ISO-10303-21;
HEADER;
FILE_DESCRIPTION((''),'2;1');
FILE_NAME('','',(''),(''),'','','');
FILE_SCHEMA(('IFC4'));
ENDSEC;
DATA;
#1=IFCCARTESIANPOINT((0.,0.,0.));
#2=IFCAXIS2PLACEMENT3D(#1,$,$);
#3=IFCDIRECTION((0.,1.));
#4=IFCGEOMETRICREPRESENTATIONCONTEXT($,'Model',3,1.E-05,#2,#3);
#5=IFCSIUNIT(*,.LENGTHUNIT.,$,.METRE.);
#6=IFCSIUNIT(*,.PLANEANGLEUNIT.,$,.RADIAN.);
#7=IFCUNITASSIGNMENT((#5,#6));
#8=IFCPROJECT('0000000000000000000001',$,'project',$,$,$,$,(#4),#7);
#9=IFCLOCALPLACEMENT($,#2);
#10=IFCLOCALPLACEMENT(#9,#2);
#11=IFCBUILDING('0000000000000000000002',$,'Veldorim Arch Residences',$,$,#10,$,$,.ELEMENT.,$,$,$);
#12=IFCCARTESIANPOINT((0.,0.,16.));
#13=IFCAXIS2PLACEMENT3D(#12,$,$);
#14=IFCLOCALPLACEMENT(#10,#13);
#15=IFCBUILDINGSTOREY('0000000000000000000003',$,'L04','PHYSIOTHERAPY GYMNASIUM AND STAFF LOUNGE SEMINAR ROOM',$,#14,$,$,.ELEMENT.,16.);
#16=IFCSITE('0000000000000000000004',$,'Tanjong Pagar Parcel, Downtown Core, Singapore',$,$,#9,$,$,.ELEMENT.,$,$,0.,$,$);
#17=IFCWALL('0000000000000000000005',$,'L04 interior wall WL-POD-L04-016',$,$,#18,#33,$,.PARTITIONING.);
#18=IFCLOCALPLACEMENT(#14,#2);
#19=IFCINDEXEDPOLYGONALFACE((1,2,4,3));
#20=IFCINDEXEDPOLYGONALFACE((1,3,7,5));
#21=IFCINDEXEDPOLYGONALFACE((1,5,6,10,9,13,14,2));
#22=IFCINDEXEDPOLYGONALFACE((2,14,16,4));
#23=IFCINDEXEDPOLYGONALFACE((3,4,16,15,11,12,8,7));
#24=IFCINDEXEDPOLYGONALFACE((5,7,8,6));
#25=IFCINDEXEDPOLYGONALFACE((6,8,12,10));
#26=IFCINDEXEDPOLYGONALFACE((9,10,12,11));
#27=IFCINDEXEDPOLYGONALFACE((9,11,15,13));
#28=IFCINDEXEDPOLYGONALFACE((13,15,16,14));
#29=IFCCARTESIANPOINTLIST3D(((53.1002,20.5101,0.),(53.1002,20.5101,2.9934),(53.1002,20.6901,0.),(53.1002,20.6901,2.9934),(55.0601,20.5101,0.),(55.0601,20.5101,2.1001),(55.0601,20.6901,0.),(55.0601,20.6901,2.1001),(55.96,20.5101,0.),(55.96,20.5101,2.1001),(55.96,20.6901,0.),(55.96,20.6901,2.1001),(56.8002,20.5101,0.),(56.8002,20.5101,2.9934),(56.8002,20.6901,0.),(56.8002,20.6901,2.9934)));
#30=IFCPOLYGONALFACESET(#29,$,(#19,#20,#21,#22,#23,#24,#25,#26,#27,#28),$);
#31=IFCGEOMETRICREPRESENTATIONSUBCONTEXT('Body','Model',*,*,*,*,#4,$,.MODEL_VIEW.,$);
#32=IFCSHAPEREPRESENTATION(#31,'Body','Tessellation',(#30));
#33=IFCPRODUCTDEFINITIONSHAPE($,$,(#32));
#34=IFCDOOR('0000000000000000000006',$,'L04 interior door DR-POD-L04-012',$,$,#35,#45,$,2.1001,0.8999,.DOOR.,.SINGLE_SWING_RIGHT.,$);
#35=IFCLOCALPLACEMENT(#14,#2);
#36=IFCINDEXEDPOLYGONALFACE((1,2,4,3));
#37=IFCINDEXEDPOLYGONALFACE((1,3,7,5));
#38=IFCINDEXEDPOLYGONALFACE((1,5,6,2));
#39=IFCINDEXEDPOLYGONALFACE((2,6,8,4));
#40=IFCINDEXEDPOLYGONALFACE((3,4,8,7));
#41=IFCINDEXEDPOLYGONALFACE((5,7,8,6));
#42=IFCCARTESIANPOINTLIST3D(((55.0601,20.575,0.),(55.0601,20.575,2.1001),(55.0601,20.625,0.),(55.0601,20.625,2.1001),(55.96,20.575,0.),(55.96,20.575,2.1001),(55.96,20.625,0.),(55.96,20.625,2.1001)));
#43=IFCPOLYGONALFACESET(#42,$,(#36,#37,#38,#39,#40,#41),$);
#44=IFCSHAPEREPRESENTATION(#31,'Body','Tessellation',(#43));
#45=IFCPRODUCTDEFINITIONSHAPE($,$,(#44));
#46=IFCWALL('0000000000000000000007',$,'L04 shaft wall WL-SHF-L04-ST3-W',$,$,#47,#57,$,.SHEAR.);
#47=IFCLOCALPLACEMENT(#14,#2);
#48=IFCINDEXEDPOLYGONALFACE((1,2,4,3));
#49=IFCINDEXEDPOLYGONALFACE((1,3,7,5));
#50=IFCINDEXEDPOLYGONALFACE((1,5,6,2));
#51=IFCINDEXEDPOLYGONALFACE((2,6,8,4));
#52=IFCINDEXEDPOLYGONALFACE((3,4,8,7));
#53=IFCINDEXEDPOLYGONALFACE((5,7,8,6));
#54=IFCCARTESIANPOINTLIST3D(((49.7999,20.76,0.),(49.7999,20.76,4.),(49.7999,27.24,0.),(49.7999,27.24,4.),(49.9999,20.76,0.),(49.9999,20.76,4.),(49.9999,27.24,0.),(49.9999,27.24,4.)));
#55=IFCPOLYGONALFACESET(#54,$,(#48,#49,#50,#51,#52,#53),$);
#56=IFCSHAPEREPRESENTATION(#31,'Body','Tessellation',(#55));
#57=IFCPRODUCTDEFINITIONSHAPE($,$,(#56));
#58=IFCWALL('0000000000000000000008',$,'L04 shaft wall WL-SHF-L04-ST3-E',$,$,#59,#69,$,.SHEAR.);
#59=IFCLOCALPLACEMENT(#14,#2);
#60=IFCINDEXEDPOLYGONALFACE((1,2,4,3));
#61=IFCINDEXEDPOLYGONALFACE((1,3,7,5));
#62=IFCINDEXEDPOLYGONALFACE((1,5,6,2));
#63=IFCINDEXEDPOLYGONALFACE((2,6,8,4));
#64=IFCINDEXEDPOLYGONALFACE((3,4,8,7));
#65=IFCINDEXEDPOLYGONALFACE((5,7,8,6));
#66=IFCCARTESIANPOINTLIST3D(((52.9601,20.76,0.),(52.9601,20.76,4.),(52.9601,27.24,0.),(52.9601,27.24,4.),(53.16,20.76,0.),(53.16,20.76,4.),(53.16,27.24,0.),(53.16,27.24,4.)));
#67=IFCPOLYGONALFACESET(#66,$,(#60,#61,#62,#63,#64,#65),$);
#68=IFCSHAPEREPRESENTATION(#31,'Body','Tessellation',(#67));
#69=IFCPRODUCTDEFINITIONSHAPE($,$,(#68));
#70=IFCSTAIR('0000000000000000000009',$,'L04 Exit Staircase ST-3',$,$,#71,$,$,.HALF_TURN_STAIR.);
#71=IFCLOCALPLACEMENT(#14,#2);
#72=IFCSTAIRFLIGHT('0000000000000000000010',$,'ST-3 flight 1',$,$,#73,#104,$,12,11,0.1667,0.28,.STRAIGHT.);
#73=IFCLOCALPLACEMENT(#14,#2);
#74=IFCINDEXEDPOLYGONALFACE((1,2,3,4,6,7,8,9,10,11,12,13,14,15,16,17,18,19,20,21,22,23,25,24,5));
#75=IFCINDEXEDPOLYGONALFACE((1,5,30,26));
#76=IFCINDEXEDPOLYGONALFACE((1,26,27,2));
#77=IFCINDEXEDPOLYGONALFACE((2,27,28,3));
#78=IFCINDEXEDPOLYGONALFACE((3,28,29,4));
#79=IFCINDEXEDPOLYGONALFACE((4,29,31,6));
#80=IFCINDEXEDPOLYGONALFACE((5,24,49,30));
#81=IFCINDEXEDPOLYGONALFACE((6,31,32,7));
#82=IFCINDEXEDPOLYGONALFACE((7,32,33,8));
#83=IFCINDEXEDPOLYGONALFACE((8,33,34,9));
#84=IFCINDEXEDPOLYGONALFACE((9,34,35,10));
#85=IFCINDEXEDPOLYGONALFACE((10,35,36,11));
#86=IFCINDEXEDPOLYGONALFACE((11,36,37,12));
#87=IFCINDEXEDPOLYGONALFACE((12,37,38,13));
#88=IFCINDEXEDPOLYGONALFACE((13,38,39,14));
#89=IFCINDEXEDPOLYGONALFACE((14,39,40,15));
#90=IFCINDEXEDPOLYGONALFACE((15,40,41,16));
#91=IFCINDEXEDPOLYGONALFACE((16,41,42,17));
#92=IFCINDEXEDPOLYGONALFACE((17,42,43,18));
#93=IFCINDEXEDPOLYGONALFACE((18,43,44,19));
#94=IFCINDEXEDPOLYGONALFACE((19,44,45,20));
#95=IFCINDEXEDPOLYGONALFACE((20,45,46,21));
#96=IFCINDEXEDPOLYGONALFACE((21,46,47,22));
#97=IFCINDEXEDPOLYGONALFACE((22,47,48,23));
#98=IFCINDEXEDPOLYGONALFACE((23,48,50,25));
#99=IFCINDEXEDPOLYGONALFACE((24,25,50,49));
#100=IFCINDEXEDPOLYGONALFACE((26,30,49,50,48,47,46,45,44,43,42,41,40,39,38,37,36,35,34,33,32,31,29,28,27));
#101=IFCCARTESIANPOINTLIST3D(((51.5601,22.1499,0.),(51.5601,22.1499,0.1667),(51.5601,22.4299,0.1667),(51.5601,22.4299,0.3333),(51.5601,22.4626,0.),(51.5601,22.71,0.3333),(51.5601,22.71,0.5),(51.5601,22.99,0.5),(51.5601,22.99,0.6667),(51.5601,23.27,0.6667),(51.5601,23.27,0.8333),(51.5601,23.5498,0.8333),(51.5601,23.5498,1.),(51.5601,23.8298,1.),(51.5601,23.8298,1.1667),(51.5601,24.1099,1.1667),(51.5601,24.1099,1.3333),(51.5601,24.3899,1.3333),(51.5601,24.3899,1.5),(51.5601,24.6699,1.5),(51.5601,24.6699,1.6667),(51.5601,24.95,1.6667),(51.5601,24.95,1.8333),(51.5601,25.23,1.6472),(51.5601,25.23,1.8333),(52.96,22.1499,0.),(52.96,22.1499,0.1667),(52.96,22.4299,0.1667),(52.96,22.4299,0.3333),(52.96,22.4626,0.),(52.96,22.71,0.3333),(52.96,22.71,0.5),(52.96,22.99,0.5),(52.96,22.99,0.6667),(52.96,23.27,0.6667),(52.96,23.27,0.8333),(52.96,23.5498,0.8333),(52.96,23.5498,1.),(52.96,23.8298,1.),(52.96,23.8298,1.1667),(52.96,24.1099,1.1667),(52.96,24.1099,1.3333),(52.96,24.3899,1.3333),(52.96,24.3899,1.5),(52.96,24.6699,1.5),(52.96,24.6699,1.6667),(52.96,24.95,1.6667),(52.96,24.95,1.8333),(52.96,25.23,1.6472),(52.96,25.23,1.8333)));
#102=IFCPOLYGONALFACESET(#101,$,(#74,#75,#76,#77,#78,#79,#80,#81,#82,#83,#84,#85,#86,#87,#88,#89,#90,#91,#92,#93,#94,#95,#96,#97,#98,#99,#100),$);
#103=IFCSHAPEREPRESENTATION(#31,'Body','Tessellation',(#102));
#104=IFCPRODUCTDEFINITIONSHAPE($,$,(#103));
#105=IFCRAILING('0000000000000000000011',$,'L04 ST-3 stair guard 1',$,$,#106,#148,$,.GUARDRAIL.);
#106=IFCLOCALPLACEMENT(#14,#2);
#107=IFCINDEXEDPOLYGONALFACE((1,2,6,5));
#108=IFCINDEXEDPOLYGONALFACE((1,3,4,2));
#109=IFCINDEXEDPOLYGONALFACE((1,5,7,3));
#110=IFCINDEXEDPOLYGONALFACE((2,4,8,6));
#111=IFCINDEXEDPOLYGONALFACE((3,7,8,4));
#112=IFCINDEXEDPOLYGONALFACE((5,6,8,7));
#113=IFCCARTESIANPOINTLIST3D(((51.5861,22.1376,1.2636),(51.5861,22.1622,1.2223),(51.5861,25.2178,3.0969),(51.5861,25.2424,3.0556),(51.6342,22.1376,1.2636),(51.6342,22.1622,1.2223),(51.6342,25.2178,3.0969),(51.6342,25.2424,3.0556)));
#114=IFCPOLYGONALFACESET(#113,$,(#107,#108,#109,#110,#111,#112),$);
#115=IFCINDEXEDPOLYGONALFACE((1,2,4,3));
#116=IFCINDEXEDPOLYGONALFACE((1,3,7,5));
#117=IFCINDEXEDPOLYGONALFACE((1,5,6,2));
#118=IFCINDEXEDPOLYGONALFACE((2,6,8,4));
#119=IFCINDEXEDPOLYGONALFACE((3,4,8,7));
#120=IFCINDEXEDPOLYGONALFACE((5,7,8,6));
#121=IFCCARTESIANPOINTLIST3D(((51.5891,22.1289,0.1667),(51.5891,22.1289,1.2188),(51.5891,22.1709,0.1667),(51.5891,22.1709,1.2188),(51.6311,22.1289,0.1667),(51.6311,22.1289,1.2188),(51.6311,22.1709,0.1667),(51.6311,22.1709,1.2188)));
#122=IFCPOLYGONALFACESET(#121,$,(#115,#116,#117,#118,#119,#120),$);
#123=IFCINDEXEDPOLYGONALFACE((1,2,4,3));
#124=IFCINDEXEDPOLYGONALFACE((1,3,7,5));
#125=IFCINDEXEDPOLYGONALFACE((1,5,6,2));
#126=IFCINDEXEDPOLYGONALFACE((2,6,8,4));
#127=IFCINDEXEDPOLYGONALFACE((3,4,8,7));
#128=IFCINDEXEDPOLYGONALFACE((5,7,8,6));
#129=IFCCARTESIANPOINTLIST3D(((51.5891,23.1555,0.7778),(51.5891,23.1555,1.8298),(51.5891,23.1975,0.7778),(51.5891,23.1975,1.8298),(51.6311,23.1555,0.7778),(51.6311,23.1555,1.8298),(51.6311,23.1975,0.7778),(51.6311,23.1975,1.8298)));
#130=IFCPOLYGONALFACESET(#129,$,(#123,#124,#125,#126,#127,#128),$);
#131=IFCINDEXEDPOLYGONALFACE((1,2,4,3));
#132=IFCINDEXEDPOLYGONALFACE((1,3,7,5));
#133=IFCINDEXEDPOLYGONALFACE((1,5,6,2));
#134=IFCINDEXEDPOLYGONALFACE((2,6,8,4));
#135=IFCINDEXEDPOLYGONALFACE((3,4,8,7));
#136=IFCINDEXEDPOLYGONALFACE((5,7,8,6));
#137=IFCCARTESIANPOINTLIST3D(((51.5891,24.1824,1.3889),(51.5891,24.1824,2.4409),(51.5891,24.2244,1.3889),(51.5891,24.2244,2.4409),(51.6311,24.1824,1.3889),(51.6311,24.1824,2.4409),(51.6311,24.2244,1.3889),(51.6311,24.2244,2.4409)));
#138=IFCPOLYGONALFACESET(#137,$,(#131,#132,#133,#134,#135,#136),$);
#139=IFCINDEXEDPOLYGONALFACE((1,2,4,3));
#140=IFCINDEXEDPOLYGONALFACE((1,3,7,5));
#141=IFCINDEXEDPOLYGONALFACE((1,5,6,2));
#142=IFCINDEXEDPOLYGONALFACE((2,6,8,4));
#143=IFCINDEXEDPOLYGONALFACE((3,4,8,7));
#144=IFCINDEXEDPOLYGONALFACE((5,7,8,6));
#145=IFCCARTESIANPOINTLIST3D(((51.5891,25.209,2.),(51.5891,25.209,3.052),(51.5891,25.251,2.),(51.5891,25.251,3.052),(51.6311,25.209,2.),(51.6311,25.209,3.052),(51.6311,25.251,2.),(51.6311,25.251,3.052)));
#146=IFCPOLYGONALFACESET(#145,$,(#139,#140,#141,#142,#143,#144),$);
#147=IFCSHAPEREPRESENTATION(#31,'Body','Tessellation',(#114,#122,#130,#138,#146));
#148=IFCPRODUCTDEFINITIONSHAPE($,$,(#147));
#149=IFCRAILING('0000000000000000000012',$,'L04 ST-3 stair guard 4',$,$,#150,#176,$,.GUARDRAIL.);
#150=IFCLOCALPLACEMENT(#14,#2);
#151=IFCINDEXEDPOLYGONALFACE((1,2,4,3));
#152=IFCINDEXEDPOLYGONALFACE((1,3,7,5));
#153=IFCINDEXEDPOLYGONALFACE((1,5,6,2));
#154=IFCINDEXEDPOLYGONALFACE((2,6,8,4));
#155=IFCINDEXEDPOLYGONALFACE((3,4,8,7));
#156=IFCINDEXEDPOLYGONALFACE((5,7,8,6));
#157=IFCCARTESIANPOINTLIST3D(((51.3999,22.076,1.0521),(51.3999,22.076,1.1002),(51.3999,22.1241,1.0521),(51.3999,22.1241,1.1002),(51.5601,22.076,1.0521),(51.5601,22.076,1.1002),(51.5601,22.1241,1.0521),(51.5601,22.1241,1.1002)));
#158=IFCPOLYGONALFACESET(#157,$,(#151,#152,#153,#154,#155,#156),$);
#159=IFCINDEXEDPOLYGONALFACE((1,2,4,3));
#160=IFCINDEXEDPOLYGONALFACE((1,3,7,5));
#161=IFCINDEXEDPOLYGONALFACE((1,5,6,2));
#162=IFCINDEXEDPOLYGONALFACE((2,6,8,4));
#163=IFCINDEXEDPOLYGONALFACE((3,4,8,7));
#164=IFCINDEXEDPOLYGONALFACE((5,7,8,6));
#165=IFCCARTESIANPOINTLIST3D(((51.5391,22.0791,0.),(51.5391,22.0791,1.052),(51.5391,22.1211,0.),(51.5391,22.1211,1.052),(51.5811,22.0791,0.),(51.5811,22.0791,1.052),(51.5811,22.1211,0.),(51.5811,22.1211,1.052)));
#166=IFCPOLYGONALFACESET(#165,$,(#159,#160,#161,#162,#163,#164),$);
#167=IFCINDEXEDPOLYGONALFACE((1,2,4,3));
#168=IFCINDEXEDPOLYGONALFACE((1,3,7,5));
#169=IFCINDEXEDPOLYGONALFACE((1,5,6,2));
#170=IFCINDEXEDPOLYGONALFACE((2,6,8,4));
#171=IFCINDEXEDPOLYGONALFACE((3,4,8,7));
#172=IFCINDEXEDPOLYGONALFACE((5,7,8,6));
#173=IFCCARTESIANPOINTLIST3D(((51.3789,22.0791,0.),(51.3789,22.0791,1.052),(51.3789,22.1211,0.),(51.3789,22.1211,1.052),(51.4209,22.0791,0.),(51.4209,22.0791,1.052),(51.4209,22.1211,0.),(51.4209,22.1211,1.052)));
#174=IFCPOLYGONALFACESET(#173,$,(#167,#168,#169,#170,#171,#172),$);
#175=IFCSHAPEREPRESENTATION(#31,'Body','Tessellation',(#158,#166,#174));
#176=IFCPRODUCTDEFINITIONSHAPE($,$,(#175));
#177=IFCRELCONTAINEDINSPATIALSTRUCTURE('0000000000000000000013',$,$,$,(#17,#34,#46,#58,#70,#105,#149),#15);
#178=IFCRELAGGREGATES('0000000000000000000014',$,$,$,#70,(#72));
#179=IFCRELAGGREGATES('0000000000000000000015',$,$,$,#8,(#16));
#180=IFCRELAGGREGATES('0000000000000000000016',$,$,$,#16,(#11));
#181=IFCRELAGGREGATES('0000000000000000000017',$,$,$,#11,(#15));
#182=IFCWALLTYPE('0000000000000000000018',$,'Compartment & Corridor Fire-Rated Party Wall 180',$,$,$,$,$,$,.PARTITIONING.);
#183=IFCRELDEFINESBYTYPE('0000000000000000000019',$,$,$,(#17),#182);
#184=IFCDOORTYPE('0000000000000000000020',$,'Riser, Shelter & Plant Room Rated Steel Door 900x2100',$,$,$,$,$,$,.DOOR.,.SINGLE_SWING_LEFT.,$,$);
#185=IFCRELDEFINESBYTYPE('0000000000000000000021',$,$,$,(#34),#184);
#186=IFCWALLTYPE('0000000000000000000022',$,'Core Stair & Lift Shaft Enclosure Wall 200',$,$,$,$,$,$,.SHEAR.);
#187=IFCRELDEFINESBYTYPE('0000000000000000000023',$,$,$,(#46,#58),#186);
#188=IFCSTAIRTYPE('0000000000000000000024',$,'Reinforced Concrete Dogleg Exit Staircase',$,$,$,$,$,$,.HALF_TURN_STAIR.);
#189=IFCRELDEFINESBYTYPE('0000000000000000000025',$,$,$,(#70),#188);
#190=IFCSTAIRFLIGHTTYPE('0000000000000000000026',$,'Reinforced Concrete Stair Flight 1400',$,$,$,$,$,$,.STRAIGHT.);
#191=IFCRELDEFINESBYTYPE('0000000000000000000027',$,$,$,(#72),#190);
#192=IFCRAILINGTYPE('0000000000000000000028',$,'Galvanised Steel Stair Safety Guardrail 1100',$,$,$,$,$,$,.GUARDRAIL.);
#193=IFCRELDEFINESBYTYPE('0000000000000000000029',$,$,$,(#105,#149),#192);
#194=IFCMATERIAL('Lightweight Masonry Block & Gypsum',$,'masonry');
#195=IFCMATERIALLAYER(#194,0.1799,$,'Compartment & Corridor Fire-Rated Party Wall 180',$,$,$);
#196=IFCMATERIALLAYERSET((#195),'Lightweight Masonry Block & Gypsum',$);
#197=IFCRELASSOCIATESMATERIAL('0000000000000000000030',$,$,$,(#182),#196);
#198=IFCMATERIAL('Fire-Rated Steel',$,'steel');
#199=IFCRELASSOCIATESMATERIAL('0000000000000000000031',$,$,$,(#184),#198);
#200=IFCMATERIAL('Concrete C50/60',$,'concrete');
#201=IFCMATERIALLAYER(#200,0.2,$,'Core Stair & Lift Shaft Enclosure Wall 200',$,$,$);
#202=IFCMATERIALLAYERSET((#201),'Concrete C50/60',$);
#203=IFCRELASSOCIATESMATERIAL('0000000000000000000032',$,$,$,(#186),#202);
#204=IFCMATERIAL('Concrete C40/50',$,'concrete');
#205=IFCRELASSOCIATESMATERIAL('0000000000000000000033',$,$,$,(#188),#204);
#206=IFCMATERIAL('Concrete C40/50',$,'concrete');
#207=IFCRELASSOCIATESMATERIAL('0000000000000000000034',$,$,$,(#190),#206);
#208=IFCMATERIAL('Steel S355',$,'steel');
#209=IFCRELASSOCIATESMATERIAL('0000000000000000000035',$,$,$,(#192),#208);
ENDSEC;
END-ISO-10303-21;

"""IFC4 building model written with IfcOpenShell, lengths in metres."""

from ifc_helpers import new_model, si_unit, direction, frame, frame_2d, origin, origin_2d, place, context, subcontext, project, spatial, polyline, rectangle, outline, extrude, material, layer, layer_set, type_object, element, fill, aggregate, save


model = new_model("IFC4")

# Units and contexts
model_context = context("Model", 3, precision=1e-05, world=origin(), true_north=direction((0.0, 1.0)))
body_context = subcontext(model_context, "Body", "Model", "MODEL_VIEW")
ifc_project = project(units=[si_unit("LENGTHUNIT", "METRE"), si_unit("PLANEANGLEUNIT", "RADIAN")], contexts=[model_context])

# Site, building, storey
site_placement = place(None, origin())
site = spatial("IfcSite", under=ifc_project, at=site_placement, Name="Tanjong Pagar Parcel, Downtown Core, Singapore", CompositionType="ELEMENT", RefElevation=0.0)
building_placement = place(site_placement, origin())
building = spatial("IfcBuilding", under=site, at=building_placement, Name="Veldorim Arch Residences", CompositionType="ELEMENT")
storey_placement = place(building_placement, frame((0.0, 0.0, 16.0)))
storey = spatial("IfcBuildingStorey", under=building, at=storey_placement, Name="L04", Description="PHYSIOTHERAPY GYMNASIUM AND STAFF LOUNGE SEMINAR ROOM", CompositionType="ELEMENT", Elevation=16.0)

# Wall, opening, door
ifc_material_1 = material(Name="Lightweight Masonry Block & Gypsum", Category="masonry")
ifc_layer_1 = layer(ifc_material_1, 0.1799, Name="Compartment & Corridor Fire-Rated Party Wall 180")
ifc_layer_set_1 = layer_set([ifc_layer_1], Name="Lightweight Masonry Block & Gypsum")
wall_type_1 = type_object("IfcWallType", Name="Compartment & Corridor Fire-Rated Party Wall 180", PredefinedType="PARTITIONING", material=ifc_layer_set_1)
wall_1_placement = place(storey_placement, frame((53.1001, 20.6001, 0.0), z_axis=(0.0, 0.0, 1.0), x_axis=(1.0, 0.0, 0.0)))
wall_1 = element("IfcWall", 1, at=wall_1_placement, inside=storey, type_object=wall_type_1, Name="L04 interior wall WL-POD-L04-016", PredefinedType="PARTITIONING", context=body_context, shape_type="SweptSolid", body=[
    extrude(rectangle(XDim=3.7, YDim=0.1799, at=frame_2d((1.8501, 0.0))), origin(), (0.0, 0.0, 1.0), 2.9934),
])
opening_1_placement = place(wall_1_placement, frame((1.96, 0.0, 0.0)))
opening_1 = element("IfcOpeningElement", 2, at=opening_1_placement, cuts=wall_1, PredefinedType="OPENING", context=body_context, shape_type="SweptSolid", body=[
    extrude(rectangle(XDim=0.8999, YDim=2.1001, at=frame_2d((0.45, 1.05))), frame((0.0, 0.0999, 0.0), z_axis=(0.0, -1.0, 0.0), x_axis=(1.0, 0.0, 0.0)), (0.0, 0.0, 1.0), 0.2),
])
ifc_material_2 = material(Name="Fire-Rated Steel", Category="steel")
door_type_1 = type_object("IfcDoorType", Name="Riser, Shelter & Plant Room Rated Steel Door 900x2100", OperationType="SINGLE_SWING_LEFT", PredefinedType="DOOR", material=ifc_material_2)
door_1_placement = place(opening_1_placement, origin())
door_1 = element("IfcDoor", 3, at=door_1_placement, inside=storey, type_object=door_type_1, Name="L04 interior door DR-POD-L04-012", OperationType="SINGLE_SWING_RIGHT", OverallHeight=2.1001, OverallWidth=0.8999, PredefinedType="DOOR", context=body_context, shape_type="SweptSolid", body=[
    extrude(rectangle(XDim=0.8999, YDim=2.1001, at=frame_2d((0.45, 1.05))), frame((0.0, 0.0249, 0.0), z_axis=(0.0, -1.0, 0.0), x_axis=(1.0, 0.0, 0.0)), (0.0, 0.0, 1.0), 0.05),
])
fill(opening_1, door_1)

# Walls
ifc_material_3 = material(Name="Concrete C50/60", Category="concrete")
ifc_layer_2 = layer(ifc_material_3, 0.2, Name="Core Stair & Lift Shaft Enclosure Wall 200")
ifc_layer_set_2 = layer_set([ifc_layer_2], Name="Concrete C50/60")
wall_type_2 = type_object("IfcWallType", Name="Core Stair & Lift Shaft Enclosure Wall 200", PredefinedType="SHEAR", material=ifc_layer_set_2)
for number, where, z_axis, x_axis, name in (
    (4, (49.8999, 20.76, 0.0), (0.0, 0.0, 1.0), (0.0, 1.0, 0.0), "L04 shaft wall WL-SHF-L04-ST3-W"),
    (5, (53.0601, 20.76, 0.0), (0.0, 0.0, 1.0), (0.0, 1.0, 0.0), "L04 shaft wall WL-SHF-L04-ST3-E"),
):
    element("IfcWall", number, at=place(storey_placement, frame(where, z_axis=z_axis, x_axis=x_axis)), inside=storey, type_object=wall_type_2, Name=name, PredefinedType="SHEAR", context=body_context, shape_type="SweptSolid", body=[
        extrude(rectangle(XDim=6.48, YDim=0.2, at=frame_2d((3.24, 0.0))), origin(), (0.0, 0.0, 1.0), 4.0),
    ])

# Stair, stair flight
ifc_material_4 = material(Name="Concrete C40/50", Category="concrete")
stair_type = type_object("IfcStairType", Name="Reinforced Concrete Dogleg Exit Staircase", PredefinedType="HALF_TURN_STAIR", material=ifc_material_4)
stair_placement = place(storey_placement, origin())
stair = element("IfcStair", 6, at=stair_placement, inside=storey, type_object=stair_type, Name="L04 Exit Staircase ST-3", PredefinedType="HALF_TURN_STAIR")
ifc_material_5 = material(Name="Concrete C40/50", Category="concrete")
stair_flight_type = type_object("IfcStairFlightType", Name="Reinforced Concrete Stair Flight 1400", PredefinedType="STRAIGHT", material=ifc_material_5)
stair_flight_placement = place(storey_placement, frame((52.26, 22.1499, 0.0), z_axis=(0.0, 0.0, 1.0), x_axis=(0.0, 1.0, 0.0)))
stair_flight = element("IfcStairFlight", 7, at=stair_flight_placement, type_object=stair_flight_type, Name="ST-3 flight 1", NumberOfRisers=12, NumberOfTreads=11, PredefinedType="STRAIGHT", RiserHeight=0.1667, TreadLength=0.28, context=body_context, shape_type="SweptSolid", body=[
    extrude(outline(polyline([(0.0, 0.0), (0.0, 0.1667), (0.28, 0.1667), (0.28, 0.3333), (0.5601, 0.3333), (0.5601, 0.5), (0.8401, 0.5), (0.8401, 0.6667), (1.1201, 0.6667), (1.1201, 0.8333), (1.3999, 0.8333), (1.3999, 1.0), (1.6799, 1.0), (1.6799, 1.1667), (1.96, 1.1667), (1.96, 1.3333), (2.24, 1.3333), (2.24, 1.5), (2.52, 1.5), (2.52, 1.6667), (2.8, 1.6667), (2.8, 1.8333), (3.0801, 1.8333), (3.0801, 2.0), (3.0801, 1.6472), (0.3127, 0.0), (0.0, 0.0)])), frame((0.0, 0.7, 0.0), z_axis=(0.0, -1.0, 0.0), x_axis=(1.0, 0.0, 0.0)), (0.0, 0.0, 1.0), 1.3999),
])
aggregate(stair, [stair_flight])

# Railings
ifc_material_6 = material(Name="Steel S355", Category="steel")
railing_type_1 = type_object("IfcRailingType", Name="Galvanised Steel Stair Safety Guardrail 1100", PredefinedType="GUARDRAIL", material=ifc_material_6)
railing_1_placement = place(storey_placement, frame((51.6101, 22.1499, 0.1667)))
element("IfcRailing", 8, at=railing_1_placement, inside=storey, type_object=railing_type_1, Name="L04 ST-3 stair guard 1", PredefinedType="GUARDRAIL", context=body_context, shape_type="SweptSolid", body=[
    extrude(rectangle(XDim=0.0481, YDim=0.0481, at=origin_2d()), frame((0.0, 0.0, 1.0762), z_axis=(0.0, 0.859309, 0.511458), x_axis=(-1.0, 0.0, 0.0)), (0.0, 0.0, 1.0), 3.5845),
    extrude(rectangle(XDim=0.042, YDim=0.042, at=origin_2d()), origin(), (0.0, 0.0, 1.0), 1.052),
    extrude(rectangle(XDim=0.042, YDim=0.042, at=origin_2d()), frame((0.0, 1.0266, 0.6111)), (0.0, 0.0, 1.0), 1.052),
    extrude(rectangle(XDim=0.042, YDim=0.042, at=origin_2d()), frame((0.0, 2.0535, 1.2222)), (0.0, 0.0, 1.0), 1.052),
    extrude(rectangle(XDim=0.042, YDim=0.042, at=origin_2d()), frame((0.0, 3.0801, 1.8333)), (0.0, 0.0, 1.0), 1.052),
])
railing_2_placement = place(storey_placement, frame((51.5601, 22.1001, 0.0)))
element("IfcRailing", 9, at=railing_2_placement, inside=storey, type_object=railing_type_1, Name="L04 ST-3 stair guard 4", PredefinedType="GUARDRAIL", context=body_context, shape_type="SweptSolid", body=[
    extrude(rectangle(XDim=0.0481, YDim=0.0481, at=origin_2d()), frame((0.0, 0.0, 1.0762), z_axis=(-1.0, 0.0, 0.0), x_axis=(0.0, -1.0, 0.0)), (0.0, 0.0, 1.0), 0.1602),
    extrude(rectangle(XDim=0.042, YDim=0.042, at=origin_2d()), origin(), (0.0, 0.0, 1.0), 1.052),
    extrude(rectangle(XDim=0.042, YDim=0.042, at=origin_2d()), frame((-0.1602, 0.0, 0.0)), (0.0, 0.0, 1.0), 1.052),
])

save(model, "model.ifc")
